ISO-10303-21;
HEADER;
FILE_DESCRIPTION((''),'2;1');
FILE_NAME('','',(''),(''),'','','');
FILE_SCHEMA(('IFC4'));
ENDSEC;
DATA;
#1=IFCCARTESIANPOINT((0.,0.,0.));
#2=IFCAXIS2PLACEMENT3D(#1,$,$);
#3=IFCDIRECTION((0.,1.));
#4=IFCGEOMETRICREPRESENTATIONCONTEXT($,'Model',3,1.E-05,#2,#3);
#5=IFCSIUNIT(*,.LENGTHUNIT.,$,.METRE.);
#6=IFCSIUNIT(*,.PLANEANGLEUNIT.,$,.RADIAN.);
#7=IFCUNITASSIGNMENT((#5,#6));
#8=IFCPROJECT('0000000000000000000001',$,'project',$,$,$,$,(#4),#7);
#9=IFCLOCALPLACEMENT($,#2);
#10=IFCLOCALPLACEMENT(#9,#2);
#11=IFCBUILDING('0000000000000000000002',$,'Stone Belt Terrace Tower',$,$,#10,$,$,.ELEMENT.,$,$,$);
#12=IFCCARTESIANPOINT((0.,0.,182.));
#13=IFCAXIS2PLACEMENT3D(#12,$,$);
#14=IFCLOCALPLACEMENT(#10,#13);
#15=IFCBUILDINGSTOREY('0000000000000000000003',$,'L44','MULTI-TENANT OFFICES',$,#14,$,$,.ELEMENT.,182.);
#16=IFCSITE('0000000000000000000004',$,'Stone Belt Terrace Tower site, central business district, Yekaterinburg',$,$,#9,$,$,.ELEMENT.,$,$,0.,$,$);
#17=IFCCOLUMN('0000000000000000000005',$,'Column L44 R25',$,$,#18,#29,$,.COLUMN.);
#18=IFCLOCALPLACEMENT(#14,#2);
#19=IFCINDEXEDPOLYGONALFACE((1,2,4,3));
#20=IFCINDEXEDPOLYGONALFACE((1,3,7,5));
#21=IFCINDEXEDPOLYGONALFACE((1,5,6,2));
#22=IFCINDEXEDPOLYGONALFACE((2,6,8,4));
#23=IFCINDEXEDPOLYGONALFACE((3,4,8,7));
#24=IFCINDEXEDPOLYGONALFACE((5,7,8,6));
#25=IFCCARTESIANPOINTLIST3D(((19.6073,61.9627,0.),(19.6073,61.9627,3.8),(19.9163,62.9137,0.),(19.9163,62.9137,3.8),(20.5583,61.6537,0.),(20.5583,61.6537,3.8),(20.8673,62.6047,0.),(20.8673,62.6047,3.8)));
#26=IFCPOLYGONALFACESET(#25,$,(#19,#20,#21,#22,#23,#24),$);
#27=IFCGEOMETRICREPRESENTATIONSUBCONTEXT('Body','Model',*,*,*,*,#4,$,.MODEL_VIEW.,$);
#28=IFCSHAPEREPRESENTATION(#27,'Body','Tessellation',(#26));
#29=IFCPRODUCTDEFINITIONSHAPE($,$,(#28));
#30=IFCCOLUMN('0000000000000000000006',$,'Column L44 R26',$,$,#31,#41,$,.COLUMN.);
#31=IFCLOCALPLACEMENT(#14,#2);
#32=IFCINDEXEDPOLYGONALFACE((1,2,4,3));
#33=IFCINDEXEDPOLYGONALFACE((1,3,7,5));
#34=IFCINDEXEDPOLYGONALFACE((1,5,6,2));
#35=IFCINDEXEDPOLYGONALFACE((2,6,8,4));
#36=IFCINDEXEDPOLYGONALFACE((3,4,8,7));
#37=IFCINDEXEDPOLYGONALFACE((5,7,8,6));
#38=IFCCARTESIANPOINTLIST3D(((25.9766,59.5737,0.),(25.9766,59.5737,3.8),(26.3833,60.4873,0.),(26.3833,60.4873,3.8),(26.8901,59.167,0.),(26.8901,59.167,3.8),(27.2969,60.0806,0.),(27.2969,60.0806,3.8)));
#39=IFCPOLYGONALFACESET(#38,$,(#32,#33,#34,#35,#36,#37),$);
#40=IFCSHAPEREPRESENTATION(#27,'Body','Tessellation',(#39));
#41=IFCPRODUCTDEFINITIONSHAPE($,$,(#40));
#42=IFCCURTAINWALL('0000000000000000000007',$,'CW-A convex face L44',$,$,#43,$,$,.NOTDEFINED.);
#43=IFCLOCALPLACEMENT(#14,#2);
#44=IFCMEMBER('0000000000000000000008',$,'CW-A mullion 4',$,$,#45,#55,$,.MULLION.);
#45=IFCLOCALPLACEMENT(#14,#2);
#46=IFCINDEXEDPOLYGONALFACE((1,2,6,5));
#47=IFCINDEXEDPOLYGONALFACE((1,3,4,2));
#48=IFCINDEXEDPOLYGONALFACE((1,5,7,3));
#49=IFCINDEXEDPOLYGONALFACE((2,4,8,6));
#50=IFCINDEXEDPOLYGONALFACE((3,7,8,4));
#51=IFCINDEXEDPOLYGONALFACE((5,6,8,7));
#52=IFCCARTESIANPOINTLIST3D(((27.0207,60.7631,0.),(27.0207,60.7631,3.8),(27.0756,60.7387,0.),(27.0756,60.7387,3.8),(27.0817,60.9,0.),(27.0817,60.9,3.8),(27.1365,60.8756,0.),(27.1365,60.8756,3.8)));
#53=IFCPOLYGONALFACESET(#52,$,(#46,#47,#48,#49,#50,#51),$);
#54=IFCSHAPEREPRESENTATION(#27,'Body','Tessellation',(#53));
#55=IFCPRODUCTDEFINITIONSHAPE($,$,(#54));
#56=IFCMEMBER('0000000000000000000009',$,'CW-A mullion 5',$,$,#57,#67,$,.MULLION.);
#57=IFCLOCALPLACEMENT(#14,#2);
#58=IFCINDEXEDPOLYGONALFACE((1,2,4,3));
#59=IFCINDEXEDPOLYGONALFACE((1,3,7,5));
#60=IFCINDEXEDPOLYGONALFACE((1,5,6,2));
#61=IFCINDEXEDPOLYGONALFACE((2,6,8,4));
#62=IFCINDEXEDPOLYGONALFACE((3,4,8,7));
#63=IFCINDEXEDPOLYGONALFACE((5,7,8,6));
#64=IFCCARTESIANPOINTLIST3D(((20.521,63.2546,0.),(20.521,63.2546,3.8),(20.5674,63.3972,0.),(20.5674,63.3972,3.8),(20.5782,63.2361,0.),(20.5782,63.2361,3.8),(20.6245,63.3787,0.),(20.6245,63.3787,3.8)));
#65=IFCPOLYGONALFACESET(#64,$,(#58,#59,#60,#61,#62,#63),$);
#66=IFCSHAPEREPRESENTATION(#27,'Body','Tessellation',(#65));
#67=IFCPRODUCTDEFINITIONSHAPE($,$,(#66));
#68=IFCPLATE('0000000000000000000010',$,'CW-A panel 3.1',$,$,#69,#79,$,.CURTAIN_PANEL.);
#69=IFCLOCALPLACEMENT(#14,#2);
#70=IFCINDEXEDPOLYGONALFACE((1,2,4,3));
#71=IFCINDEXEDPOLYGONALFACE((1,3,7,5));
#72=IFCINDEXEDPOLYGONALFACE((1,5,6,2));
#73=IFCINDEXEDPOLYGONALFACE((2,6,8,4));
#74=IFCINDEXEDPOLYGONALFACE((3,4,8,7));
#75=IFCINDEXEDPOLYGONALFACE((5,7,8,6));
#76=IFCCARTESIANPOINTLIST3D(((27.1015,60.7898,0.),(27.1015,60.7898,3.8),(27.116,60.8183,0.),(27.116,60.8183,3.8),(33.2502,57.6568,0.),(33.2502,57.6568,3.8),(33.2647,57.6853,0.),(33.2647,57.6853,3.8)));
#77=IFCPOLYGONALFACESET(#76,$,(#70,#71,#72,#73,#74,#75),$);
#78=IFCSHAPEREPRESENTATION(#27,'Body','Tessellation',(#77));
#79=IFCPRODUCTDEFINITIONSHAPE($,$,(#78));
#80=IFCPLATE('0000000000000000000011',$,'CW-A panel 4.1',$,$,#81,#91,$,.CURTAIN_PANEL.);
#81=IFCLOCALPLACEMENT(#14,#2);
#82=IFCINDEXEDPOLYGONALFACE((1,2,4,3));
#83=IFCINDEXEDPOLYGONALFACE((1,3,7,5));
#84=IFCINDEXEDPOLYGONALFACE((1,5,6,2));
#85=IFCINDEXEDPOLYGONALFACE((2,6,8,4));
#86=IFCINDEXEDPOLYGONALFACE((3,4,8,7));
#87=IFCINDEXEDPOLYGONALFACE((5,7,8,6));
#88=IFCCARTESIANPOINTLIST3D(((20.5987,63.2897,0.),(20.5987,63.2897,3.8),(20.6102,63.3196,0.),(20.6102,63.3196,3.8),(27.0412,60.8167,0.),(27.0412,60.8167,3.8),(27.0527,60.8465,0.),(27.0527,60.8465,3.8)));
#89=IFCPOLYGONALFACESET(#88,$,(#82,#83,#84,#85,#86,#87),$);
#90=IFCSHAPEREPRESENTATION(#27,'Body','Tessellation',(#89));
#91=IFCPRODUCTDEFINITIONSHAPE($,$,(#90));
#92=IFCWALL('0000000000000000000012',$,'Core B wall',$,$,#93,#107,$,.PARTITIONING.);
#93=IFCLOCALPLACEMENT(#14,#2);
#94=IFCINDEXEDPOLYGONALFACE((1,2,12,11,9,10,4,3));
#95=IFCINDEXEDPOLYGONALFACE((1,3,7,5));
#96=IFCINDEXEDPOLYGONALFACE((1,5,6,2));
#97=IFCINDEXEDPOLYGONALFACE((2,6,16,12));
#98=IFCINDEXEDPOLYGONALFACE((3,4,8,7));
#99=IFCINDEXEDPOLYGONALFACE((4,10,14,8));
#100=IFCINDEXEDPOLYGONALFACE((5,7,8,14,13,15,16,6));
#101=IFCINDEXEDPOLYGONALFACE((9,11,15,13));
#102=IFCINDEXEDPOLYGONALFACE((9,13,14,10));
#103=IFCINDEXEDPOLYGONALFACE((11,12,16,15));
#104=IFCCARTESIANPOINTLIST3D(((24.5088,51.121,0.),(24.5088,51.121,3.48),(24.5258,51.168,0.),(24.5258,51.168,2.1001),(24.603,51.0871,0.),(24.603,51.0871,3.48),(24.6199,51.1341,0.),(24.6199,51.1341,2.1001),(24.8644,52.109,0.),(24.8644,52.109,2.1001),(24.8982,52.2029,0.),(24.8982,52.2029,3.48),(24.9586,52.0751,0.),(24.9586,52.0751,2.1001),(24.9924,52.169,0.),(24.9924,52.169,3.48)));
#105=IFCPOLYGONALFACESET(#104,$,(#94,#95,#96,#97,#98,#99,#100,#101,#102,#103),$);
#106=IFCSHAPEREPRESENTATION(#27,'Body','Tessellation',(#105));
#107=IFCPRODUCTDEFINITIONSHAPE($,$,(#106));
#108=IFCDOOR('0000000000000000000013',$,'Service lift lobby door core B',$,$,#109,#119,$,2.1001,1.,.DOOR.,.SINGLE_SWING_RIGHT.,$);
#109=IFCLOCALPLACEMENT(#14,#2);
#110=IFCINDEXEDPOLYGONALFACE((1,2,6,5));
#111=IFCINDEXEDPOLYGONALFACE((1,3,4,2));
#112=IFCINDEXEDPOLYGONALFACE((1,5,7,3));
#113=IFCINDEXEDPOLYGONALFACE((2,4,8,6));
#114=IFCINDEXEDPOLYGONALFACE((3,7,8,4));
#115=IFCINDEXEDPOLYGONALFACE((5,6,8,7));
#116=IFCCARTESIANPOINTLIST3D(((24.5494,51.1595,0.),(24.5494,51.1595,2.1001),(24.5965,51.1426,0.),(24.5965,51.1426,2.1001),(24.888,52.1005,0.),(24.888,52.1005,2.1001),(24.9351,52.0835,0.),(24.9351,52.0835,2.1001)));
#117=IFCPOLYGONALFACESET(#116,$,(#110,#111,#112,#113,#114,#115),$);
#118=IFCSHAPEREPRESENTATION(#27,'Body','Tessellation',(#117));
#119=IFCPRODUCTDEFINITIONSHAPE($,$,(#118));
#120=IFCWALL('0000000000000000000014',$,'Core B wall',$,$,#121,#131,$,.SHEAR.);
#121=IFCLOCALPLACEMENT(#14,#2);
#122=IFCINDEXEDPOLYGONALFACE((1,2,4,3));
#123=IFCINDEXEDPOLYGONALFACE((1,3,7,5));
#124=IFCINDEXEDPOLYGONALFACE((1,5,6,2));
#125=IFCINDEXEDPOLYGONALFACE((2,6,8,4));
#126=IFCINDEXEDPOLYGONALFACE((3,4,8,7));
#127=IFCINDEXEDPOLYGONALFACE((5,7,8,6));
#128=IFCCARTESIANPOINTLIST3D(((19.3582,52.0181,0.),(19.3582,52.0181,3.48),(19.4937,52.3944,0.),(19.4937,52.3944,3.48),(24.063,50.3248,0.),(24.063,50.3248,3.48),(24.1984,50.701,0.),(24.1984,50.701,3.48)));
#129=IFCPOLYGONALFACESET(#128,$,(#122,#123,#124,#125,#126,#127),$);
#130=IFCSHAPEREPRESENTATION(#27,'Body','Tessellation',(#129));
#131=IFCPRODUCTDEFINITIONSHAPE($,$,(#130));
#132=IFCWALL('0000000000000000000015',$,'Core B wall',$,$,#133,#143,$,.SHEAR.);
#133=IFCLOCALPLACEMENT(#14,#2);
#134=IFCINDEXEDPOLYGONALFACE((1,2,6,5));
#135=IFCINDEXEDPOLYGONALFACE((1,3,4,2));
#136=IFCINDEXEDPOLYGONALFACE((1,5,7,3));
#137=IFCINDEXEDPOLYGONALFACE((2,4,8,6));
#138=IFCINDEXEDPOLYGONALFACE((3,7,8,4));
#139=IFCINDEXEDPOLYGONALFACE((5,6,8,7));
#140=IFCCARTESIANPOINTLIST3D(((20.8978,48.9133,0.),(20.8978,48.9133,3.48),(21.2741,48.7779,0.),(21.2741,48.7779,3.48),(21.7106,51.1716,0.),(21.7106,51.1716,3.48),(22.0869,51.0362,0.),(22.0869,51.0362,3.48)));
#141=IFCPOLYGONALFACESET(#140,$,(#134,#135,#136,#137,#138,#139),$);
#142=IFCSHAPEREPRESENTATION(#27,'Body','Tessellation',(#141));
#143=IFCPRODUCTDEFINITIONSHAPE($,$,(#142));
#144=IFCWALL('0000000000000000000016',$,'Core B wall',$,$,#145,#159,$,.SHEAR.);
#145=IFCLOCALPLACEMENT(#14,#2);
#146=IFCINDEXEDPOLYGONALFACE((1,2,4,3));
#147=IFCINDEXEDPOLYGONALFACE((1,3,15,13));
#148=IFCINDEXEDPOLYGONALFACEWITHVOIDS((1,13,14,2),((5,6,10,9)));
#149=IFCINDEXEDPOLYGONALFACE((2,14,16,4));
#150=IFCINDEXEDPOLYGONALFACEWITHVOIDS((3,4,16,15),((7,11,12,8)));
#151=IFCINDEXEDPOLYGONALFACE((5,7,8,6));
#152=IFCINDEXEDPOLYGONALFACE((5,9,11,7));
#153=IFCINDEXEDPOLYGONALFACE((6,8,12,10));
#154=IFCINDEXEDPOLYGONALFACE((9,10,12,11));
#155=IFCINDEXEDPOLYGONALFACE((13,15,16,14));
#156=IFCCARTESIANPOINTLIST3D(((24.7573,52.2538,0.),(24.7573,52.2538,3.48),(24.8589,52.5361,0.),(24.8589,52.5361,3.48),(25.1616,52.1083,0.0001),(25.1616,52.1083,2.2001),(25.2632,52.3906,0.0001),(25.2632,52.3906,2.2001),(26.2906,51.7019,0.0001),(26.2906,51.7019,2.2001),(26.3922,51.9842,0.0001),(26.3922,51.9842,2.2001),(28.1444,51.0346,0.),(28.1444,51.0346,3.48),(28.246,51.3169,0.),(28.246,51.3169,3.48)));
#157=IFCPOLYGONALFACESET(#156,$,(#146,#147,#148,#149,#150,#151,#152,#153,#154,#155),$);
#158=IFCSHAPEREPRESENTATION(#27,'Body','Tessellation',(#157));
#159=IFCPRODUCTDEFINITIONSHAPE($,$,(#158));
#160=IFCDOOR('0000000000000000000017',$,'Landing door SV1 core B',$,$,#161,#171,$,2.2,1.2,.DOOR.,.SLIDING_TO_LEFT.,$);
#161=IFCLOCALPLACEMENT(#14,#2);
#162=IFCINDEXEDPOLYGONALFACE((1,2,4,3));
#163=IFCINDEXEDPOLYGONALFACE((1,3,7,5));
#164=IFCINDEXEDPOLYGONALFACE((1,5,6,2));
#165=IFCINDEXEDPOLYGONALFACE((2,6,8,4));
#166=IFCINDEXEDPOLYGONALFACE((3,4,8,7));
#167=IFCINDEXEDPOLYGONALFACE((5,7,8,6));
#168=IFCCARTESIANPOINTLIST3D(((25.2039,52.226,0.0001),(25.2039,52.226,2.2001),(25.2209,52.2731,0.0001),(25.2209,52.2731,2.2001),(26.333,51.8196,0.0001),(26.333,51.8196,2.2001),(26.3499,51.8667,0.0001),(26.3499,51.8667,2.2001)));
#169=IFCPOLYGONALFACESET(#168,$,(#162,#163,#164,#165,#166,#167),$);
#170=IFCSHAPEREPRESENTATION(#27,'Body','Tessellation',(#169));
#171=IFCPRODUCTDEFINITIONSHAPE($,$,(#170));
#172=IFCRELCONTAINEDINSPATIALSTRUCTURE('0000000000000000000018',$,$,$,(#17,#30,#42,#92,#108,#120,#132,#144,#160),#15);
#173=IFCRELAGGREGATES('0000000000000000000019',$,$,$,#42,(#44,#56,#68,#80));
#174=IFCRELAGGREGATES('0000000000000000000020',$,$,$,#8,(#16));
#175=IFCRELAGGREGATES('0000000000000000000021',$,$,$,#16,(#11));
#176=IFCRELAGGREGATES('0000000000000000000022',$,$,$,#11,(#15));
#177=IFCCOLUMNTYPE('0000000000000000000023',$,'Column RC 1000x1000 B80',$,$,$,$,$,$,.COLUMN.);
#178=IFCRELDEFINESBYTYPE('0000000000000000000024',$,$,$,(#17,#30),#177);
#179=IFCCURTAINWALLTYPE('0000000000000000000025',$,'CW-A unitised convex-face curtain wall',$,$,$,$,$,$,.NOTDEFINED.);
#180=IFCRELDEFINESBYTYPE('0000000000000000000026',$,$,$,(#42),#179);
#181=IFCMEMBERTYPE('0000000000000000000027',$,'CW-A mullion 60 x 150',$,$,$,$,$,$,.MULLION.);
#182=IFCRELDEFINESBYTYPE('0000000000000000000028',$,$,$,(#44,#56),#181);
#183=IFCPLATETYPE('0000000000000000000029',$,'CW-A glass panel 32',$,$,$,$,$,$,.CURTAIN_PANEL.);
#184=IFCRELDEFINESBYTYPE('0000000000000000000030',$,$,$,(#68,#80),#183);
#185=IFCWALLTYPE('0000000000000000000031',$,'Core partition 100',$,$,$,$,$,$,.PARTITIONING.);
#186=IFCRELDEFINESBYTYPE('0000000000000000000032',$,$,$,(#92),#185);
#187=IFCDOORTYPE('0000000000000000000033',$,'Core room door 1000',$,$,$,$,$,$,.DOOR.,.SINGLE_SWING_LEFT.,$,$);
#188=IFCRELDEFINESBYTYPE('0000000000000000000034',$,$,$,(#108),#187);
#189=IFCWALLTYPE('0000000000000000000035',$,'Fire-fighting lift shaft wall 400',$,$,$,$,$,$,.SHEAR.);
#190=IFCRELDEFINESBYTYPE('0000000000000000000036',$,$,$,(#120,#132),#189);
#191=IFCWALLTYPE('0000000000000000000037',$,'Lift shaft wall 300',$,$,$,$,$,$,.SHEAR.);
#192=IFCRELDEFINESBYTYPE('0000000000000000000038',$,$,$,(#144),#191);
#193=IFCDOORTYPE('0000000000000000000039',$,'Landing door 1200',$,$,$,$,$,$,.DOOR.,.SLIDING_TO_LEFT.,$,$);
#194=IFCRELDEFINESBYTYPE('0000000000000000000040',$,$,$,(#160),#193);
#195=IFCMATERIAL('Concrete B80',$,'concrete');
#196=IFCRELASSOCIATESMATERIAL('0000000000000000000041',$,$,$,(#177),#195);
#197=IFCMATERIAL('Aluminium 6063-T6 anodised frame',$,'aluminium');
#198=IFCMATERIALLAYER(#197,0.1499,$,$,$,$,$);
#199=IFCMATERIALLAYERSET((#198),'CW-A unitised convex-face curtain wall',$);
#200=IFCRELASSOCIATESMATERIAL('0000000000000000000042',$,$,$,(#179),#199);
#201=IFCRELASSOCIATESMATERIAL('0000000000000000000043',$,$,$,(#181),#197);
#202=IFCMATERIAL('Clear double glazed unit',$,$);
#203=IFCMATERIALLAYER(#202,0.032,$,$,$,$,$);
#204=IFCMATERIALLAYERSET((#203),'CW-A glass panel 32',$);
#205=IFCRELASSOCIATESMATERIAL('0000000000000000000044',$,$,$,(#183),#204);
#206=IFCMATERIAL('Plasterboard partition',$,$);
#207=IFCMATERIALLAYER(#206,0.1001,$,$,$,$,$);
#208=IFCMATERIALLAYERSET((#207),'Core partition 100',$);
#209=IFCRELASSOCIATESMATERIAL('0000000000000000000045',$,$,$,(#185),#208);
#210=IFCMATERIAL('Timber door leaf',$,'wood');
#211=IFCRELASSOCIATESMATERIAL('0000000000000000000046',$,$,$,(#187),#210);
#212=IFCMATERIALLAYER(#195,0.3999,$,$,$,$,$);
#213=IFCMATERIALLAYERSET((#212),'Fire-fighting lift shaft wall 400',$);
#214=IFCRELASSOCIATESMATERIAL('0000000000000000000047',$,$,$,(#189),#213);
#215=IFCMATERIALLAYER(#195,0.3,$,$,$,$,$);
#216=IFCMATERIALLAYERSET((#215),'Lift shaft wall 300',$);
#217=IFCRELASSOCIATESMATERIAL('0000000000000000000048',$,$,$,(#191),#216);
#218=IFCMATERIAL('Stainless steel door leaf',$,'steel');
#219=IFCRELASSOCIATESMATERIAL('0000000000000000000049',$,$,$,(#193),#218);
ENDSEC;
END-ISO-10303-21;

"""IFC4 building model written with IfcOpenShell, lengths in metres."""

from ifc_helpers import new_model, si_unit, direction, frame, frame_2d, origin, origin_2d, place, context, subcontext, project, spatial, rectangle, extrude, material, layer, layer_set, material_profile, profile_set, type_object, element, fill, aggregate, save


model = new_model("IFC4")

# Units and contexts
model_context = context("Model", 3, precision=1e-05, world=origin(), true_north=direction((0.0, 1.0)))
body_context = subcontext(model_context, "Body", "Model", "MODEL_VIEW")
ifc_project = project(units=[si_unit("LENGTHUNIT", "METRE"), si_unit("PLANEANGLEUNIT", "RADIAN")], contexts=[model_context])

# Site, building, storey
site_placement = place(None, origin())
site = spatial("IfcSite", under=ifc_project, at=site_placement, Name="Stone Belt Terrace Tower site, central business district, Yekaterinburg", CompositionType="ELEMENT", RefElevation=0.0)
building_placement = place(site_placement, origin())
building = spatial("IfcBuilding", under=site, at=building_placement, Name="Stone Belt Terrace Tower", CompositionType="ELEMENT")
storey_placement = place(building_placement, frame((0.0, 0.0, 182.0)))
storey = spatial("IfcBuildingStorey", under=building, at=storey_placement, Name="L44", Description="MULTI-TENANT OFFICES", CompositionType="ELEMENT", Elevation=182.0)

# Columns
ifc_material_1 = material(Name="Concrete B80", Category="concrete")
ifc_material_profile_1 = material_profile(ifc_material_1, rectangle(XDim=1.0, YDim=1.0, at=origin_2d()), Name="RC 1000x1000")
ifc_profile_set_1 = profile_set([ifc_material_profile_1], Name="Concrete B80")
column_type = type_object("IfcColumnType", Name="Column RC 1000x1000 B80", PredefinedType="COLUMN", material=ifc_profile_set_1)
for number, where, z_axis, x_axis, name in (
    (1, (20.2373, 62.2837, 0.0), (0.0, 0.0, 1.0), (0.951057, -0.309017, 0.0), "Column L44 R25"),
    (2, (26.6367, 59.8271, 0.0), (0.0, 0.0, 1.0), (0.913545, -0.406737, 0.0), "Column L44 R26"),
):
    element("IfcColumn", number, at=place(storey_placement, frame(where, z_axis=z_axis, x_axis=x_axis)), inside=storey, type_object=column_type, Name=name, PredefinedType="COLUMN", context=body_context, shape_type="SweptSolid", body=[
        extrude(rectangle(XDim=1.0, YDim=1.0, at=origin_2d()), origin(), (0.0, 0.0, 1.0), 3.8),
    ])

# Curtain wall, members, plates
ifc_material_2 = material(Name="Aluminium 6063-T6 anodised frame", Category="aluminium")
ifc_layer_1 = layer(ifc_material_2, 0.1499)
ifc_layer_set_1 = layer_set([ifc_layer_1], Name="CW-A unitised convex-face curtain wall")
curtain_wall_type = type_object("IfcCurtainWallType", Name="CW-A unitised convex-face curtain wall", PredefinedType="NOTDEFINED", material=ifc_layer_set_1)
curtain_wall_placement = place(storey_placement, origin())
curtain_wall = element("IfcCurtainWall", 3, at=curtain_wall_placement, inside=storey, type_object=curtain_wall_type, Name="CW-A convex face L44", PredefinedType="NOTDEFINED")
ifc_material_profile_2 = material_profile(ifc_material_2, rectangle(XDim=0.1499, YDim=0.0601, at=origin_2d()), Name="Aluminium 6063-T6 60x150")
ifc_profile_set_2 = profile_set([ifc_material_profile_2], Name="Aluminium 6063-T6 anodised frame")
member_type = type_object("IfcMemberType", Name="CW-A mullion 60 x 150", PredefinedType="MULLION", material=ifc_profile_set_2)
member_1_placement = place(storey_placement, frame((27.0786, 60.8193, 0.0), z_axis=(0.0, 0.0, 1.0), x_axis=(-0.406737, -0.913545, 0.0)))
member_1 = element("IfcMember", 4, at=member_1_placement, type_object=member_type, Name="CW-A mullion 4", PredefinedType="MULLION", context=body_context, shape_type="SweptSolid", body=[
    extrude(rectangle(XDim=0.1499, YDim=0.0601, at=origin_2d()), origin(), (0.0, 0.0, 1.0), 3.8),
])
member_2_placement = place(storey_placement, frame((20.5728, 63.3167, 0.0), z_axis=(0.0, 0.0, 1.0), x_axis=(-0.309017, -0.951057, 0.0)))
member_2 = element("IfcMember", 5, at=member_2_placement, type_object=member_type, Name="CW-A mullion 5", PredefinedType="MULLION", context=body_context, shape_type="SweptSolid", body=[
    extrude(rectangle(XDim=0.1499, YDim=0.0601, at=origin_2d()), origin(), (0.0, 0.0, 1.0), 3.8),
])
ifc_material_3 = material(Name="Clear double glazed unit")
ifc_layer_2 = layer(ifc_material_3, 0.032)
ifc_layer_set_2 = layer_set([ifc_layer_2], Name="CW-A glass panel 32")
plate_type = type_object("IfcPlateType", Name="CW-A glass panel 32", PredefinedType="CURTAIN_PANEL", material=ifc_layer_set_2)
plate_1_placement = place(storey_placement, frame((30.1831, 59.2375, 0.0), z_axis=(0.0, 0.0, 1.0), x_axis=(-0.891007, 0.45399, 0.0)))
plate_1 = element("IfcPlate", 6, at=plate_1_placement, type_object=plate_type, Name="CW-A panel 3.1", PredefinedType="CURTAIN_PANEL", context=body_context, shape_type="SweptSolid", body=[
    extrude(rectangle(XDim=6.9009, YDim=0.032, at=origin_2d()), origin(), (0.0, 0.0, 1.0), 3.8),
])
plate_2_placement = place(storey_placement, frame((23.8257, 62.0681, 0.0), z_axis=(0.0, 0.0, 1.0), x_axis=(-0.93358, 0.358368, 0.0)))
plate_2 = element("IfcPlate", 7, at=plate_2_placement, type_object=plate_type, Name="CW-A panel 4.1", PredefinedType="CURTAIN_PANEL", context=body_context, shape_type="SweptSolid", body=[
    extrude(rectangle(XDim=6.9009, YDim=0.032, at=origin_2d()), origin(), (0.0, 0.0, 1.0), 3.8),
])
aggregate(curtain_wall, [member_1, member_2, plate_1, plate_2])

# Wall, opening, door
ifc_material_4 = material(Name="Plasterboard partition")
ifc_layer_3 = layer(ifc_material_4, 0.1001)
ifc_layer_set_3 = layer_set([ifc_layer_3], Name="Core partition 100")
wall_type_1 = type_object("IfcWallType", Name="Core partition 100", PredefinedType="PARTITIONING", material=ifc_layer_set_3)
wall_1_placement = place(storey_placement, frame((24.5559, 51.104, 0.0), z_axis=(0.0, 0.0, 1.0), x_axis=(0.338622, 0.940923, 0.0)))
wall_1 = element("IfcWall", 8, at=wall_1_placement, inside=storey, type_object=wall_type_1, Name="Core B wall", PredefinedType="PARTITIONING", context=body_context, shape_type="SweptSolid", body=[
    extrude(rectangle(XDim=1.1499, YDim=0.1001, at=frame_2d((0.575, 0.0))), origin(), (0.0, 0.0, 1.0), 3.48),
])
opening_1_placement = place(wall_1_placement, frame((0.05, 0.0, 0.0)))
opening_1 = element("IfcOpeningElement", 9, at=opening_1_placement, cuts=wall_1, PredefinedType="OPENING", context=body_context, shape_type="SweptSolid", body=[
    extrude(rectangle(XDim=1.0, YDim=2.1001, at=frame_2d((0.5, 1.05))), frame((0.0, 0.0601, 0.0), z_axis=(0.0, -1.0, 0.0), x_axis=(1.0, 0.0, 0.0)), (0.0, 0.0, 1.0), 0.1201),
])
ifc_material_5 = material(Name="Timber door leaf", Category="wood")
door_type_1 = type_object("IfcDoorType", Name="Core room door 1000", OperationType="SINGLE_SWING_LEFT", PredefinedType="DOOR", material=ifc_material_5)
door_1_placement = place(opening_1_placement, origin())
door_1 = element("IfcDoor", 10, at=door_1_placement, inside=storey, type_object=door_type_1, Name="Service lift lobby door core B", OperationType="SINGLE_SWING_RIGHT", OverallHeight=2.1001, OverallWidth=1.0, PredefinedType="DOOR", context=body_context, shape_type="SweptSolid", body=[
    extrude(rectangle(XDim=1.0, YDim=2.1001, at=frame_2d((0.5, 1.05))), frame((0.0, 0.0249, 0.0), z_axis=(0.0, -1.0, 0.0), x_axis=(1.0, 0.0, 0.0)), (0.0, 0.0, 1.0), 0.05),
])
fill(opening_1, door_1)

# Walls
ifc_layer_4 = layer(ifc_material_1, 0.3999)
ifc_layer_set_4 = layer_set([ifc_layer_4], Name="Fire-fighting lift shaft wall 400")
wall_type_2 = type_object("IfcWallType", Name="Fire-fighting lift shaft wall 400", PredefinedType="SHEAR", material=ifc_layer_set_4)
wall_2_placement = place(storey_placement, frame((24.1306, 50.5129, 0.0), z_axis=(0.0, 0.0, 1.0), x_axis=(-0.940912, 0.338652, 0.0)))
element("IfcWall", 11, at=wall_2_placement, inside=storey, type_object=wall_type_2, Name="Core B wall", PredefinedType="SHEAR", context=body_context, shape_type="SweptSolid", body=[
    extrude(rectangle(XDim=5.0002, YDim=0.3999, at=frame_2d((2.5, 0.0))), origin(), (0.0, 0.0, 1.0), 3.48),
])
wall_3_placement = place(storey_placement, frame((21.0859, 48.8455, 0.0), z_axis=(0.0, 0.0, 1.0), x_axis=(0.338629, 0.94092, 0.0)))
element("IfcWall", 12, at=wall_3_placement, inside=storey, type_object=wall_type_2, Name="Core B wall", PredefinedType="SHEAR", context=body_context, shape_type="SweptSolid", body=[
    extrude(rectangle(XDim=2.4001, YDim=0.3999, at=frame_2d((1.2002, 0.0))), origin(), (0.0, 0.0, 1.0), 3.48),
])

# Wall, opening, door
ifc_layer_5 = layer(ifc_material_1, 0.3)
ifc_layer_set_5 = layer_set([ifc_layer_5], Name="Lift shaft wall 300")
wall_type_3 = type_object("IfcWallType", Name="Lift shaft wall 300", PredefinedType="SHEAR", material=ifc_layer_set_5)
wall_4_placement = place(storey_placement, frame((28.1951, 51.1758, 0.0), z_axis=(0.0, 0.0, 1.0), x_axis=(-0.940901, 0.338681, 0.0)))
wall_4 = element("IfcWall", 13, at=wall_4_placement, inside=storey, type_object=wall_type_3, Name="Core B wall", PredefinedType="SHEAR", context=body_context, shape_type="SweptSolid", body=[
    extrude(rectangle(XDim=3.5999, YDim=0.3, at=frame_2d((1.7998, 0.0))), origin(), (0.0, 0.0, 1.0), 3.48),
])
opening_2_placement = place(wall_4_placement, frame((1.97, 0.0, 0.0)))
opening_2 = element("IfcOpeningElement", 14, at=opening_2_placement, cuts=wall_4, PredefinedType="OPENING", context=body_context, shape_type="SweptSolid", body=[
    extrude(rectangle(XDim=1.2, YDim=2.2, at=frame_2d((0.6001, 1.1001))), frame((0.0, 0.1599, 0.0), z_axis=(0.0, -1.0, 0.0), x_axis=(1.0, 0.0, 0.0)), (0.0, 0.0, 1.0), 0.3201),
])
ifc_material_6 = material(Name="Stainless steel door leaf", Category="steel")
door_type_2 = type_object("IfcDoorType", Name="Landing door 1200", OperationType="SLIDING_TO_LEFT", PredefinedType="DOOR", material=ifc_material_6)
door_2_placement = place(opening_2_placement, origin())
door_2 = element("IfcDoor", 15, at=door_2_placement, inside=storey, type_object=door_type_2, Name="Landing door SV1 core B", OperationType="SLIDING_TO_LEFT", OverallHeight=2.2, OverallWidth=1.2, PredefinedType="DOOR", context=body_context, shape_type="SweptSolid", body=[
    extrude(rectangle(XDim=1.2, YDim=2.2, at=frame_2d((0.6001, 1.1001))), frame((0.0, 0.0249, 0.0), z_axis=(0.0, -1.0, 0.0), x_axis=(1.0, 0.0, 0.0)), (0.0, 0.0, 1.0), 0.05),
])
fill(opening_2, door_2)

save(model, "model.ifc")
